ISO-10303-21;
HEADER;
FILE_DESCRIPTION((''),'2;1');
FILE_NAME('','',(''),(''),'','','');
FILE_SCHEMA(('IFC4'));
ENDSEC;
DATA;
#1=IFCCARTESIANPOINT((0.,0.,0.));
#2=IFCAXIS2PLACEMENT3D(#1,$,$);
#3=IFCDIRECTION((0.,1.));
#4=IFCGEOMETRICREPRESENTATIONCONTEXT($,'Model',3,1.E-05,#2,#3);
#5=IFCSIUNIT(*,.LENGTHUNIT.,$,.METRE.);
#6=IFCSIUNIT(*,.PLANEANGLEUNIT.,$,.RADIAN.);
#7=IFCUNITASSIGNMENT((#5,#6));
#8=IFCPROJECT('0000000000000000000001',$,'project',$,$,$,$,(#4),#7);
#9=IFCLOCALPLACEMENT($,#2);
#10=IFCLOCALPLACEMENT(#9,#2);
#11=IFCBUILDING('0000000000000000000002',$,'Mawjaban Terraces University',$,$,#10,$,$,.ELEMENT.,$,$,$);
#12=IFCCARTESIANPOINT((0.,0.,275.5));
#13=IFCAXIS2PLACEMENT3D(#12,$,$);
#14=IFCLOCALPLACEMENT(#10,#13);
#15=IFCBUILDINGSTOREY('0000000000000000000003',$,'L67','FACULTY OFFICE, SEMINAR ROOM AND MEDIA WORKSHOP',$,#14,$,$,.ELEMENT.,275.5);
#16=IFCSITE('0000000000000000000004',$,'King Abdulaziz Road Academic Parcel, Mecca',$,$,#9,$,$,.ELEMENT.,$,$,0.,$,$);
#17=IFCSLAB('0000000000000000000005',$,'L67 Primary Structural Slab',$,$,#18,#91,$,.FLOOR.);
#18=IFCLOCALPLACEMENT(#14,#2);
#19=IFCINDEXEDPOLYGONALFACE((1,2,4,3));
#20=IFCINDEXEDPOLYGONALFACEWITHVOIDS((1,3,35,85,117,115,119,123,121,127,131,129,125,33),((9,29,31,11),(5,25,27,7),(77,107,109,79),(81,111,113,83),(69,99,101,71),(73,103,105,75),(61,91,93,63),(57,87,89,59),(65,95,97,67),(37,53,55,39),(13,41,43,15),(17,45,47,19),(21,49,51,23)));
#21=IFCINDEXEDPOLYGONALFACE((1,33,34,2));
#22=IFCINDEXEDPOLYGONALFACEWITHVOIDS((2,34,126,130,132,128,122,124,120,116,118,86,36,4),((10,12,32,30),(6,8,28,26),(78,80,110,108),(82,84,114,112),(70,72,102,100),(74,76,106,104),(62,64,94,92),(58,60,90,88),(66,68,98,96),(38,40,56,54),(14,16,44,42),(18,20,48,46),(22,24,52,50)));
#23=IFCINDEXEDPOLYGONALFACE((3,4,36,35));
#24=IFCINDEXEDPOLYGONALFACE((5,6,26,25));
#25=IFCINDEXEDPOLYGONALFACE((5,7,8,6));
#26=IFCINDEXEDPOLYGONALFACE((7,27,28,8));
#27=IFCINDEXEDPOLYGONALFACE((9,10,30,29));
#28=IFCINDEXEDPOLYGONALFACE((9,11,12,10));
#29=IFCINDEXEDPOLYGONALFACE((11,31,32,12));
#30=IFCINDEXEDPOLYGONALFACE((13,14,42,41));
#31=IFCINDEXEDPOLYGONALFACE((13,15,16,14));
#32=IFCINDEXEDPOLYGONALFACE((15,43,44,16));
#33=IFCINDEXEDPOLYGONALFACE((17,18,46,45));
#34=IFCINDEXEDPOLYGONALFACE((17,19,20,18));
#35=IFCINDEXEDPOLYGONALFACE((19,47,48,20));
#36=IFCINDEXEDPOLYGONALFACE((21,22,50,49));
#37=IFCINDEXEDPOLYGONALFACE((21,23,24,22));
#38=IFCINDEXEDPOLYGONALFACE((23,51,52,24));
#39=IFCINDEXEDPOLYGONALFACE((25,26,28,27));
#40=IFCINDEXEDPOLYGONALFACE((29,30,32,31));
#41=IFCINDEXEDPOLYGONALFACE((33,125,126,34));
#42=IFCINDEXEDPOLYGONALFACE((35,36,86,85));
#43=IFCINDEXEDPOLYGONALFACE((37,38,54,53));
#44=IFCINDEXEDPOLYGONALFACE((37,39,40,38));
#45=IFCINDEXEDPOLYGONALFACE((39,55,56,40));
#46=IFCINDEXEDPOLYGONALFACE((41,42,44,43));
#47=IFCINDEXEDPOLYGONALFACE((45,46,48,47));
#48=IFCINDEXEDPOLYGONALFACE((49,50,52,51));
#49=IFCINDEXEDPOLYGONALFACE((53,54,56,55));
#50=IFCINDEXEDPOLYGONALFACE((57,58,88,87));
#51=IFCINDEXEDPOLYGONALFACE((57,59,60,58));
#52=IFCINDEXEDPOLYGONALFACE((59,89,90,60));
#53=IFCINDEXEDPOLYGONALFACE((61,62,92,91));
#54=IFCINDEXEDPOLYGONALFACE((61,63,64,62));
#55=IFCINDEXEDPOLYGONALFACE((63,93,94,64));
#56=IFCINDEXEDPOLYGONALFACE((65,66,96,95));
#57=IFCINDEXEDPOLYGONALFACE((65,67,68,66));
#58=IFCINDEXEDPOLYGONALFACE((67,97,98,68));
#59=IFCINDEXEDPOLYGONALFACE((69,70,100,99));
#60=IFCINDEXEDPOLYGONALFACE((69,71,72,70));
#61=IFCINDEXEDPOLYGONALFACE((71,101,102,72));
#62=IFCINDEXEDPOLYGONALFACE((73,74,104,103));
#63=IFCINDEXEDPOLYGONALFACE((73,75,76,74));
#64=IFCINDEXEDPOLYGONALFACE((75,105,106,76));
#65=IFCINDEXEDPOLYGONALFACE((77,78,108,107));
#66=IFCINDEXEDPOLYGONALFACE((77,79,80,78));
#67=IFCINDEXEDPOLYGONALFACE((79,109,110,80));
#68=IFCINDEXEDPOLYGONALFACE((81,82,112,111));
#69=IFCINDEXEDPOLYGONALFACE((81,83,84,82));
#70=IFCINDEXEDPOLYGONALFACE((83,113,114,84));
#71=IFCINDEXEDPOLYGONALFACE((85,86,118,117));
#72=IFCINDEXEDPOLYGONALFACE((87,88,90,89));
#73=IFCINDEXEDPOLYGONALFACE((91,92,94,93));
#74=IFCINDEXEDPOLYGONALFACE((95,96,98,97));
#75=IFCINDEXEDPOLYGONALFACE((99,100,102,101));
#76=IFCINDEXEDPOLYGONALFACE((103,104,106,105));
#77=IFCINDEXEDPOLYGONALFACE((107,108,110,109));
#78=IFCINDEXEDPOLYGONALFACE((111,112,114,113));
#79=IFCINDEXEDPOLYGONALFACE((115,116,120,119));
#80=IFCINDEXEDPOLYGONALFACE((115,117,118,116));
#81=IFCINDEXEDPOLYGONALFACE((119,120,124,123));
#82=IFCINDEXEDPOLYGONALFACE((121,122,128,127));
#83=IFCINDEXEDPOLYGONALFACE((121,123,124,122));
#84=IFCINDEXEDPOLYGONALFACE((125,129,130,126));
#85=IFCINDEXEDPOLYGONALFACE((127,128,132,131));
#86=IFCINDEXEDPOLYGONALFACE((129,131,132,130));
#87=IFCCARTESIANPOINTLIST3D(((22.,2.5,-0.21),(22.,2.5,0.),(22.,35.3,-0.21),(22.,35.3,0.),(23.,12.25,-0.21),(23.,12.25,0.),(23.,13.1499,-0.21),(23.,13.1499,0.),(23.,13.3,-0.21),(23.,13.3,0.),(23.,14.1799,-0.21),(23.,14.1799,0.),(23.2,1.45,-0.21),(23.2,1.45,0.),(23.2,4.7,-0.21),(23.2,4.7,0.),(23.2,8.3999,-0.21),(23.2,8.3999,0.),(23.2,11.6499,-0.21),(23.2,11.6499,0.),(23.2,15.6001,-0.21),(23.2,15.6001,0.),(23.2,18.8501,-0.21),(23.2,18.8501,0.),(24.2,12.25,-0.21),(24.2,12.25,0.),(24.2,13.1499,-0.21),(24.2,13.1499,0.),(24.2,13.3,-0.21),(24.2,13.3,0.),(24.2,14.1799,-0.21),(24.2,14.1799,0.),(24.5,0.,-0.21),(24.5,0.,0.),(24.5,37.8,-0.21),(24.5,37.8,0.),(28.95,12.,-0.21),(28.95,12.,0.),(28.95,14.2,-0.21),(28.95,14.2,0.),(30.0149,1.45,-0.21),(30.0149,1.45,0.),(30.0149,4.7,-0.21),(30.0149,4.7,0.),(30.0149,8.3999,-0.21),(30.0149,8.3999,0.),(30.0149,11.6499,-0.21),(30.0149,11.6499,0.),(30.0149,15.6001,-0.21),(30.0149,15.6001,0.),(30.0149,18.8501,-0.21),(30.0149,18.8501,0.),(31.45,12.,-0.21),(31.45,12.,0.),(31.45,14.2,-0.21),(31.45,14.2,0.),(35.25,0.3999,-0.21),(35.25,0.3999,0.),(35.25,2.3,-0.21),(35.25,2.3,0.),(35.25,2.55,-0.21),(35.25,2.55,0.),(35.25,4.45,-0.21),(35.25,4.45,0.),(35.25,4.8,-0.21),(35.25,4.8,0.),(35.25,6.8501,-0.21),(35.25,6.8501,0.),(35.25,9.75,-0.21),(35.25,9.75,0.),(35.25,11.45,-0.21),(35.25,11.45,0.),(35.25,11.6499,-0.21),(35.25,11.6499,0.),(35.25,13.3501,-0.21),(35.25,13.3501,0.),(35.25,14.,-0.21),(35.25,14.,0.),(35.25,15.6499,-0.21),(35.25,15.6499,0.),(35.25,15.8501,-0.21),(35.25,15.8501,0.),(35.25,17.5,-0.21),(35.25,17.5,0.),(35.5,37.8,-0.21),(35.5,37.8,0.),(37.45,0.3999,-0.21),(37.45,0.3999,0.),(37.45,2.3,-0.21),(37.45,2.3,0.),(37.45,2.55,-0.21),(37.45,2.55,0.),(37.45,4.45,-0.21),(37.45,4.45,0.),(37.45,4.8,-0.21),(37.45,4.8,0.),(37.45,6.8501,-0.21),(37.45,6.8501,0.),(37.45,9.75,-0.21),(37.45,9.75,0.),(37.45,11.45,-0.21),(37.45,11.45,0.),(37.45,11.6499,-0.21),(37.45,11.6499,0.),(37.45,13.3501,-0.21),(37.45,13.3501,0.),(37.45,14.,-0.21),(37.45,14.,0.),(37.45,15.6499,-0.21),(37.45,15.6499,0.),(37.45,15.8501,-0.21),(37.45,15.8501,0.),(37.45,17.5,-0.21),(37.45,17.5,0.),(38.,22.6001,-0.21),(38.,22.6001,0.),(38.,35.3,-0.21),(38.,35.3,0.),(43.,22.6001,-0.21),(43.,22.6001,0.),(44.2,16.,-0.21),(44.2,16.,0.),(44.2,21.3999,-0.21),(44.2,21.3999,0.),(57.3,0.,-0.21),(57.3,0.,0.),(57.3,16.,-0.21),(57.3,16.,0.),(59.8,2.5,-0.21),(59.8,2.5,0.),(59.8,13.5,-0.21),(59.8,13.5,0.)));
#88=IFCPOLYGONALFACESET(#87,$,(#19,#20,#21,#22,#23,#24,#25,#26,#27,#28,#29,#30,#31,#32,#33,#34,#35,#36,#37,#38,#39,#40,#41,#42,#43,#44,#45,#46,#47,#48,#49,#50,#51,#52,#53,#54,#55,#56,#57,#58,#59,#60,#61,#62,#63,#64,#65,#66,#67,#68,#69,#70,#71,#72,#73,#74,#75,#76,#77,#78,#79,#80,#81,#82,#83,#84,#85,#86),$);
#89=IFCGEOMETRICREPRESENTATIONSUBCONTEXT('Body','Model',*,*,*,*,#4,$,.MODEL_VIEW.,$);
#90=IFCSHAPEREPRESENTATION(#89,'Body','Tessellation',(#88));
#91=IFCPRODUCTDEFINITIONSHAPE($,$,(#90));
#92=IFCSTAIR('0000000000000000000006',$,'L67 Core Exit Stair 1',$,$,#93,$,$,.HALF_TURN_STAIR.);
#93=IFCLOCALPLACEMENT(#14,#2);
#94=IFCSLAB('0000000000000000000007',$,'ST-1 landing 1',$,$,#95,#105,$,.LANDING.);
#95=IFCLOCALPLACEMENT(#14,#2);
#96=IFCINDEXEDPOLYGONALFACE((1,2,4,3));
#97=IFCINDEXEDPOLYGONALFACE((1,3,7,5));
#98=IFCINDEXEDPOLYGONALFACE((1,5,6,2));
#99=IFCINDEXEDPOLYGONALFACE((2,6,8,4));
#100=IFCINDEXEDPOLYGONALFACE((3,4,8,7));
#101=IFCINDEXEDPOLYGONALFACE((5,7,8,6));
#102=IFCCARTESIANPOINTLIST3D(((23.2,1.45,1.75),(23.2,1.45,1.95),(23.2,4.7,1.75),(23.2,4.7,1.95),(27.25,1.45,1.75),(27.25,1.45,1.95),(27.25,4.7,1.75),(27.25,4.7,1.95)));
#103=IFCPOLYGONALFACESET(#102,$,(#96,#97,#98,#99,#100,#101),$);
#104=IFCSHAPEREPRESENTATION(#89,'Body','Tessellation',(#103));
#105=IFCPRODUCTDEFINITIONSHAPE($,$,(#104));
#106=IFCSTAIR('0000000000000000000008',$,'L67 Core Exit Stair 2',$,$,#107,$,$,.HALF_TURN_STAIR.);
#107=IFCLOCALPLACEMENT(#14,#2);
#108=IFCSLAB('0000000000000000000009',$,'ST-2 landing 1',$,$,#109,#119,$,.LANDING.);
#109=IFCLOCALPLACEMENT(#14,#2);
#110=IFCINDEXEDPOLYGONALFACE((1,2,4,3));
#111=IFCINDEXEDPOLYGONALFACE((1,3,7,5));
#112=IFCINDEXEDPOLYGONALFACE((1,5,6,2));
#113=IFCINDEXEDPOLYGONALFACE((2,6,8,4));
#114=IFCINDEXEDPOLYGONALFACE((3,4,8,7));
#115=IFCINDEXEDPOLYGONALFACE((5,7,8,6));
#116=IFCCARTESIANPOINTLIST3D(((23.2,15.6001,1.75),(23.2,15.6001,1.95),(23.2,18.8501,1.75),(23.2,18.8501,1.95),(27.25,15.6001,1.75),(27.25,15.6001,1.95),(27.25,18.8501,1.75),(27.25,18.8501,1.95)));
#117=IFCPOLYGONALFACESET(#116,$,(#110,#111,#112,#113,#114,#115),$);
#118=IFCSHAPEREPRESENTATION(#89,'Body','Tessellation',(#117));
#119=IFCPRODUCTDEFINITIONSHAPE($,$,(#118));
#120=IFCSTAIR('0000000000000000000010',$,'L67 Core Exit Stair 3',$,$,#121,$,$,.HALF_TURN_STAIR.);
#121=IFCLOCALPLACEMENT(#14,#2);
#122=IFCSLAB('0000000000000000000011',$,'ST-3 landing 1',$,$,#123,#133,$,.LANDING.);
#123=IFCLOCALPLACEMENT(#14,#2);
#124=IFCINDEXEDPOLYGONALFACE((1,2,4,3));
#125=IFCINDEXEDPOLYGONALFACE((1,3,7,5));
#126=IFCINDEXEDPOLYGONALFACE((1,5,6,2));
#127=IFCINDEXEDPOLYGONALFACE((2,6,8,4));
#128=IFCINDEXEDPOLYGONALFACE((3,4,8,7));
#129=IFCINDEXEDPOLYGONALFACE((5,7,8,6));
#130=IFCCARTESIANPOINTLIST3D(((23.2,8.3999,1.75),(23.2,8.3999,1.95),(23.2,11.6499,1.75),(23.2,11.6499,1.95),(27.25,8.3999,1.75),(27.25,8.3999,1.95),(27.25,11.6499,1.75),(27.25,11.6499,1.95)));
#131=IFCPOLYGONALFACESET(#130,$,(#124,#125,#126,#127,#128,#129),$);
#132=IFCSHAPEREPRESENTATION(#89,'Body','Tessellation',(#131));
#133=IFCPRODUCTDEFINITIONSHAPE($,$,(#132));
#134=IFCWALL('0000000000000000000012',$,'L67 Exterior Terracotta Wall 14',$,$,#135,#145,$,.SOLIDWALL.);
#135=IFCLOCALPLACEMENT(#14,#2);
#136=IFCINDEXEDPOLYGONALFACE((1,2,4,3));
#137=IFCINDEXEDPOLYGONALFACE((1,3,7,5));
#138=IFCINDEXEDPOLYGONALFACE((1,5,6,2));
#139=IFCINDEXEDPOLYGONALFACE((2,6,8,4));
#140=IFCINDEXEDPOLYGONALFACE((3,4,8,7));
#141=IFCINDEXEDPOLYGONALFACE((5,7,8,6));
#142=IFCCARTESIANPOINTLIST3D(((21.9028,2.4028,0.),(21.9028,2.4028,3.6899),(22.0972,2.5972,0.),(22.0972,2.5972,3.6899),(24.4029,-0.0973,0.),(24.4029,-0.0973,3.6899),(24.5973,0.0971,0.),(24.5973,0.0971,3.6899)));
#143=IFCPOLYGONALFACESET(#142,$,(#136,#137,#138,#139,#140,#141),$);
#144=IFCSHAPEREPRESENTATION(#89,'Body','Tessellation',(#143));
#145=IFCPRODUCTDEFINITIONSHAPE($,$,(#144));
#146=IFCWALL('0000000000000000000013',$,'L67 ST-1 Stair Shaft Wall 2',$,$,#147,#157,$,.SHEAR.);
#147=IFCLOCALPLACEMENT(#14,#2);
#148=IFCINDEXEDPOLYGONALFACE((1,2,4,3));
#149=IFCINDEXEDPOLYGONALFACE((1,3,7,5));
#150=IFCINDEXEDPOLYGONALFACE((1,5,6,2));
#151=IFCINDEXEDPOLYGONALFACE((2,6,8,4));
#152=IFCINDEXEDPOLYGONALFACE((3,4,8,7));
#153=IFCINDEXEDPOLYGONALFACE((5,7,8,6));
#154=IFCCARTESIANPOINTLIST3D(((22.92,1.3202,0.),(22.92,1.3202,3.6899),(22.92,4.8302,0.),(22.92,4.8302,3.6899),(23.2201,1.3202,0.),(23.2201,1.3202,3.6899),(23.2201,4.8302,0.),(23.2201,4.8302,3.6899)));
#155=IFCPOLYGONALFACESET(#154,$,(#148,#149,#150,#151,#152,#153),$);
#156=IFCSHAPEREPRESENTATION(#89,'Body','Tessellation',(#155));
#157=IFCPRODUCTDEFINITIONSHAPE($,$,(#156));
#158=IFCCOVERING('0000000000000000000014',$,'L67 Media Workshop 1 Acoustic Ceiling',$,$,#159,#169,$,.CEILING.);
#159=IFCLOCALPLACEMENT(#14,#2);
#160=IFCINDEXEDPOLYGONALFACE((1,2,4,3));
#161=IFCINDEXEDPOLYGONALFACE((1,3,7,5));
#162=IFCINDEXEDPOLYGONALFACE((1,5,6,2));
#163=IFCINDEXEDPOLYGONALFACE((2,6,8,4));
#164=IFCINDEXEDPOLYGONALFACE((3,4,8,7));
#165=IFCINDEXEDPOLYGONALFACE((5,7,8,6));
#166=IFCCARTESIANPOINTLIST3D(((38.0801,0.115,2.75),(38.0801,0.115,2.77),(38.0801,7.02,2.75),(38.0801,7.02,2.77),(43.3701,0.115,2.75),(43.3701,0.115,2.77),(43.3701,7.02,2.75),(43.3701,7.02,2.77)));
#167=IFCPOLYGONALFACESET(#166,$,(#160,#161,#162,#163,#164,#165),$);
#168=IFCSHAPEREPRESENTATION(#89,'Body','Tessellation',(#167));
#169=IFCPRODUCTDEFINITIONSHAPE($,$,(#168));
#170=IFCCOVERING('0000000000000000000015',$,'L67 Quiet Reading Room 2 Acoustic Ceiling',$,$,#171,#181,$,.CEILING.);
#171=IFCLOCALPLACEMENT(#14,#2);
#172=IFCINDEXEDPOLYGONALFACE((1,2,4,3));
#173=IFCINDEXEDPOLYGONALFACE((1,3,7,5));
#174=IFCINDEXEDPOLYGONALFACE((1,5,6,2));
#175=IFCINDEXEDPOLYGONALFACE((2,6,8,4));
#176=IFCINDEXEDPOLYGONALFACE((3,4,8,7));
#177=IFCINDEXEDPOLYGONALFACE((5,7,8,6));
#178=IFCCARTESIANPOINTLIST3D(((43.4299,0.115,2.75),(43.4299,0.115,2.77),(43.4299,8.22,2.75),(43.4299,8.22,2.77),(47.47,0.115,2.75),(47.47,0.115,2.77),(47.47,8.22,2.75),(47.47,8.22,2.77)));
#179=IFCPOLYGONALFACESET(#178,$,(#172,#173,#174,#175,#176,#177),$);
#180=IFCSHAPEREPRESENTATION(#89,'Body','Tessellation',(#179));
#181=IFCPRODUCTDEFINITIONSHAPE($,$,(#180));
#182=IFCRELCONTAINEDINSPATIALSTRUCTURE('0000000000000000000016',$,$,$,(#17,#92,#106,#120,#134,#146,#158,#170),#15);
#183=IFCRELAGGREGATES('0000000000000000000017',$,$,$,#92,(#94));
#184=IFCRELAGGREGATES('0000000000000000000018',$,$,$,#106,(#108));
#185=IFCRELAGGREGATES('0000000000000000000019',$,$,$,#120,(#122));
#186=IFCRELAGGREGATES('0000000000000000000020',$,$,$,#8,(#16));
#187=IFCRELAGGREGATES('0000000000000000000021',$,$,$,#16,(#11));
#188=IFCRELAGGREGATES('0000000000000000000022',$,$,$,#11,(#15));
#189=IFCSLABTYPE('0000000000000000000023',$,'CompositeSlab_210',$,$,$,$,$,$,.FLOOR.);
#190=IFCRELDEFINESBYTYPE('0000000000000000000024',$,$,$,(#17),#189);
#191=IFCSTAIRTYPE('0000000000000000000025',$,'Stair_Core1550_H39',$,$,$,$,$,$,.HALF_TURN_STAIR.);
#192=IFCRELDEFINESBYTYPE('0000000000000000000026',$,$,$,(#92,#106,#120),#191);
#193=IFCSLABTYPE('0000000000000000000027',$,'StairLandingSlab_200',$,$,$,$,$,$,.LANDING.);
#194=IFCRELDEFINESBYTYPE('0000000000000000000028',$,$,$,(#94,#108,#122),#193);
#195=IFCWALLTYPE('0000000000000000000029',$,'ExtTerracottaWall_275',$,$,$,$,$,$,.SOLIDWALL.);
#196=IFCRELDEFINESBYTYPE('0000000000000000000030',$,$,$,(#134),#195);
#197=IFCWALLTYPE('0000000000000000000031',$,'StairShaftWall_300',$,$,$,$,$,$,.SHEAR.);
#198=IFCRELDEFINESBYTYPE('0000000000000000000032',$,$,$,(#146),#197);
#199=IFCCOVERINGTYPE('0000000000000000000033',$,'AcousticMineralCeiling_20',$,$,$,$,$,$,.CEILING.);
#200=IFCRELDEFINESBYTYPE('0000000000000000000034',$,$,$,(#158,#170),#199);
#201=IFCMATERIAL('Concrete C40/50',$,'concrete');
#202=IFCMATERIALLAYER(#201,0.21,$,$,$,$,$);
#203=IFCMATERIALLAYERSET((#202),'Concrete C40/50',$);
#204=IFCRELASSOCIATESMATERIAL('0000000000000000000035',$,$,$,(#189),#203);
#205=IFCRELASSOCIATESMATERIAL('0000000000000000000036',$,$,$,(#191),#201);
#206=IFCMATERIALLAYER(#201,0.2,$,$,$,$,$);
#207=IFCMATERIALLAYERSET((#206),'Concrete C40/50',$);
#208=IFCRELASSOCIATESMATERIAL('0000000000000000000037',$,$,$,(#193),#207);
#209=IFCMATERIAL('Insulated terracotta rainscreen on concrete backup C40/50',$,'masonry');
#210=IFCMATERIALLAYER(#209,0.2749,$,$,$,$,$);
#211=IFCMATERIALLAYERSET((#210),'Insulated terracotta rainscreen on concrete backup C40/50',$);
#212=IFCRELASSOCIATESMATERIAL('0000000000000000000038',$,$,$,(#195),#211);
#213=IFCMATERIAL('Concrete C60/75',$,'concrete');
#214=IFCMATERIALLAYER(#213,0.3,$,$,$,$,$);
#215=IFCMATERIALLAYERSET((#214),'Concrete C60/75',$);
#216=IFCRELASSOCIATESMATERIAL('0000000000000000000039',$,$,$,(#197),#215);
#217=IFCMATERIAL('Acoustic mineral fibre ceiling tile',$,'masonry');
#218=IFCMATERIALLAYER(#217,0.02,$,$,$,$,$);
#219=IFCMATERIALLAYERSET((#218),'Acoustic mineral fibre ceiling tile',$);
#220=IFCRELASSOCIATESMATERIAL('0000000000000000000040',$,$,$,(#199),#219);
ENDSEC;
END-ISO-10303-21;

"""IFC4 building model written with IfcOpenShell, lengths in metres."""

from ifc_helpers import new_model, si_unit, direction, frame, frame_2d, origin, place, context, subcontext, project, spatial, polyline, rectangle, outline, extrude, material, layer, layer_set, type_object, element, aggregate, save


model = new_model("IFC4")

# Units and contexts
model_context = context("Model", 3, precision=1e-05, world=origin(), true_north=direction((0.0, 1.0)))
body_context = subcontext(model_context, "Body", "Model", "MODEL_VIEW")
ifc_project = project(units=[si_unit("LENGTHUNIT", "METRE"), si_unit("PLANEANGLEUNIT", "RADIAN")], contexts=[model_context])

# Site, building, storey
site_placement = place(None, origin())
site = spatial("IfcSite", under=ifc_project, at=site_placement, Name="King Abdulaziz Road Academic Parcel, Mecca", CompositionType="ELEMENT", RefElevation=0.0)
building_placement = place(site_placement, origin())
building = spatial("IfcBuilding", under=site, at=building_placement, Name="Mawjaban Terraces University", CompositionType="ELEMENT")
storey_placement = place(building_placement, frame((0.0, 0.0, 275.5)))
storey = spatial("IfcBuildingStorey", under=building, at=storey_placement, Name="L67", Description="FACULTY OFFICE, SEMINAR ROOM AND MEDIA WORKSHOP", CompositionType="ELEMENT", Elevation=275.5)

# Slab
ifc_material_1 = material(Name="Concrete C40/50", Category="concrete")
ifc_layer_1 = layer(ifc_material_1, 0.21)
ifc_layer_set_1 = layer_set([ifc_layer_1], Name="Concrete C40/50")
slab_type_1 = type_object("IfcSlabType", Name="CompositeSlab_210", PredefinedType="FLOOR", material=ifc_layer_set_1)
slab_1_placement = place(storey_placement, frame((0.0, 0.0, -0.21)))
element("IfcSlab", 1, at=slab_1_placement, inside=storey, type_object=slab_type_1, Name="L67 Primary Structural Slab", PredefinedType="FLOOR", context=body_context, shape_type="SweptSolid", body=[
    extrude(outline(polyline([(24.5, 0.0), (57.3, 0.0), (59.8, 2.5), (59.8, 13.5), (57.3, 16.0), (44.2, 16.0), (44.2, 21.3999), (43.0, 22.6001), (38.0, 22.6001), (38.0, 35.3), (35.5, 37.8), (24.5, 37.8), (22.0, 35.3), (22.0, 2.5), (24.5, 0.0)]), holes=[polyline([(30.0149, 4.7), (23.2, 4.7), (23.2, 1.45), (30.0149, 1.45), (30.0149, 4.7)]), polyline([(30.0149, 18.8501), (23.2, 18.8501), (23.2, 15.6001), (30.0149, 15.6001), (30.0149, 18.8501)]), polyline([(30.0149, 11.6499), (23.2, 11.6499), (23.2, 8.3999), (30.0149, 8.3999), (30.0149, 11.6499)]), polyline([(35.25, 0.3999), (37.45, 0.3999), (37.45, 2.3), (35.25, 2.3), (35.25, 0.3999)]), polyline([(35.25, 2.55), (37.45, 2.55), (37.45, 4.45), (35.25, 4.45), (35.25, 2.55)]), polyline([(35.25, 4.8), (37.45, 4.8), (37.45, 6.8501), (35.25, 6.8501), (35.25, 4.8)]), polyline([(35.25, 9.75), (37.45, 9.75), (37.45, 11.45), (35.25, 11.45), (35.25, 9.75)]), polyline([(35.25, 11.6499), (37.45, 11.6499), (37.45, 13.3501), (35.25, 13.3501), (35.25, 11.6499)]), polyline([(28.95, 12.0), (31.45, 12.0), (31.45, 14.2), (28.95, 14.2), (28.95, 12.0)]), polyline([(35.25, 14.0), (37.45, 14.0), (37.45, 15.6499), (35.25, 15.6499), (35.25, 14.0)]), polyline([(35.25, 15.8501), (37.45, 15.8501), (37.45, 17.5), (35.25, 17.5), (35.25, 15.8501)]), polyline([(23.0, 12.25), (24.2, 12.25), (24.2, 13.1499), (23.0, 13.1499), (23.0, 12.25)]), polyline([(23.0, 13.3), (24.2, 13.3), (24.2, 14.1799), (23.0, 14.1799), (23.0, 13.3)])]), origin(), (0.0, 0.0, 1.0), 0.21),
])

# Stairs, slabs
stair_type = type_object("IfcStairType", Name="Stair_Core1550_H39", PredefinedType="HALF_TURN_STAIR", material=ifc_material_1)
stair_1_placement = place(storey_placement, origin())
stair_1 = element("IfcStair", 2, at=stair_1_placement, inside=storey, type_object=stair_type, Name="L67 Core Exit Stair 1", PredefinedType="HALF_TURN_STAIR")
ifc_layer_2 = layer(ifc_material_1, 0.2)
ifc_layer_set_2 = layer_set([ifc_layer_2], Name="Concrete C40/50")
slab_type_2 = type_object("IfcSlabType", Name="StairLandingSlab_200", PredefinedType="LANDING", material=ifc_layer_set_2)
slab_2_placement = place(storey_placement, frame((0.0, 0.0, 1.75)))
slab_2 = element("IfcSlab", 3, at=slab_2_placement, type_object=slab_type_2, Name="ST-1 landing 1", PredefinedType="LANDING", context=body_context, shape_type="SweptSolid", body=[
    extrude(outline(polyline([(27.25, 4.7), (23.2, 4.7), (23.2, 1.45), (27.25, 1.45), (27.25, 4.7)])), origin(), (0.0, 0.0, 1.0), 0.2),
])
aggregate(stair_1, [slab_2])
stair_2_placement = place(storey_placement, origin())
stair_2 = element("IfcStair", 4, at=stair_2_placement, inside=storey, type_object=stair_type, Name="L67 Core Exit Stair 2", PredefinedType="HALF_TURN_STAIR")
slab_3_placement = place(storey_placement, frame((0.0, 0.0, 1.75)))
slab_3 = element("IfcSlab", 5, at=slab_3_placement, type_object=slab_type_2, Name="ST-2 landing 1", PredefinedType="LANDING", context=body_context, shape_type="SweptSolid", body=[
    extrude(outline(polyline([(27.25, 18.8501), (23.2, 18.8501), (23.2, 15.6001), (27.25, 15.6001), (27.25, 18.8501)])), origin(), (0.0, 0.0, 1.0), 0.2),
])
aggregate(stair_2, [slab_3])
stair_3_placement = place(storey_placement, origin())
stair_3 = element("IfcStair", 6, at=stair_3_placement, inside=storey, type_object=stair_type, Name="L67 Core Exit Stair 3", PredefinedType="HALF_TURN_STAIR")
slab_4_placement = place(storey_placement, frame((0.0, 0.0, 1.75)))
slab_4 = element("IfcSlab", 7, at=slab_4_placement, type_object=slab_type_2, Name="ST-3 landing 1", PredefinedType="LANDING", context=body_context, shape_type="SweptSolid", body=[
    extrude(outline(polyline([(27.25, 11.6499), (23.2, 11.6499), (23.2, 8.3999), (27.25, 8.3999), (27.25, 11.6499)])), origin(), (0.0, 0.0, 1.0), 0.2),
])
aggregate(stair_3, [slab_4])

# Walls
ifc_material_2 = material(Name="Insulated terracotta rainscreen on concrete backup C40/50", Category="masonry")
ifc_layer_3 = layer(ifc_material_2, 0.2749)
ifc_layer_set_3 = layer_set([ifc_layer_3], Name="Insulated terracotta rainscreen on concrete backup C40/50")
wall_type_1 = type_object("IfcWallType", Name="ExtTerracottaWall_275", PredefinedType="SOLIDWALL", material=ifc_layer_set_3)
wall_1_placement = place(storey_placement, frame((22.0, 2.5, 0.0), z_axis=(0.0, 0.0, 1.0), x_axis=(0.707107, -0.707107, 0.0)))
element("IfcWall", 8, at=wall_1_placement, inside=storey, type_object=wall_type_1, Name="L67 Exterior Terracotta Wall 14", PredefinedType="SOLIDWALL", context=body_context, shape_type="SweptSolid", body=[
    extrude(rectangle(XDim=3.5356, YDim=0.2749, at=frame_2d((1.7678, 0.0))), origin(), (0.0, 0.0, 1.0), 3.6899),
])
ifc_material_3 = material(Name="Concrete C60/75", Category="concrete")
ifc_layer_4 = layer(ifc_material_3, 0.3)
ifc_layer_set_4 = layer_set([ifc_layer_4], Name="Concrete C60/75")
wall_type_2 = type_object("IfcWallType", Name="StairShaftWall_300", PredefinedType="SHEAR", material=ifc_layer_set_4)
wall_2_placement = place(storey_placement, frame((23.0701, 4.8301, 0.0), z_axis=(0.0, 0.0, 1.0), x_axis=(0.0, -1.0, 0.0)))
element("IfcWall", 9, at=wall_2_placement, inside=storey, type_object=wall_type_2, Name="L67 ST-1 Stair Shaft Wall 2", PredefinedType="SHEAR", context=body_context, shape_type="SweptSolid", body=[
    extrude(rectangle(XDim=3.51, YDim=0.3, at=frame_2d((1.7549, 0.0))), origin(), (0.0, 0.0, 1.0), 3.6899),
])

# Coverings
ifc_material_4 = material(Name="Acoustic mineral fibre ceiling tile", Category="masonry")
ifc_layer_5 = layer(ifc_material_4, 0.02)
ifc_layer_set_5 = layer_set([ifc_layer_5], Name="Acoustic mineral fibre ceiling tile")
covering_type_1 = type_object("IfcCoveringType", Name="AcousticMineralCeiling_20", PredefinedType="CEILING", material=ifc_layer_set_5)
covering_1_placement = place(storey_placement, frame((0.0, 0.0, 2.75)))
element("IfcCovering", 10, at=covering_1_placement, inside=storey, type_object=covering_type_1, Name="L67 Media Workshop 1 Acoustic Ceiling", PredefinedType="CEILING", context=body_context, shape_type="SweptSolid", body=[
    extrude(outline(polyline([(38.0801, 7.02), (38.0801, 0.115), (43.3701, 0.115), (43.3701, 7.02), (38.0801, 7.02)])), origin(), (0.0, 0.0, 1.0), 0.02),
])
covering_2_placement = place(storey_placement, frame((0.0, 0.0, 2.75)))
element("IfcCovering", 11, at=covering_2_placement, inside=storey, type_object=covering_type_1, Name="L67 Quiet Reading Room 2 Acoustic Ceiling", PredefinedType="CEILING", context=body_context, shape_type="SweptSolid", body=[
    extrude(outline(polyline([(43.4299, 0.115), (47.47, 0.115), (47.47, 8.22), (43.4299, 8.22), (43.4299, 0.115)])), origin(), (0.0, 0.0, 1.0), 0.02),
])

save(model, "model.ifc")
